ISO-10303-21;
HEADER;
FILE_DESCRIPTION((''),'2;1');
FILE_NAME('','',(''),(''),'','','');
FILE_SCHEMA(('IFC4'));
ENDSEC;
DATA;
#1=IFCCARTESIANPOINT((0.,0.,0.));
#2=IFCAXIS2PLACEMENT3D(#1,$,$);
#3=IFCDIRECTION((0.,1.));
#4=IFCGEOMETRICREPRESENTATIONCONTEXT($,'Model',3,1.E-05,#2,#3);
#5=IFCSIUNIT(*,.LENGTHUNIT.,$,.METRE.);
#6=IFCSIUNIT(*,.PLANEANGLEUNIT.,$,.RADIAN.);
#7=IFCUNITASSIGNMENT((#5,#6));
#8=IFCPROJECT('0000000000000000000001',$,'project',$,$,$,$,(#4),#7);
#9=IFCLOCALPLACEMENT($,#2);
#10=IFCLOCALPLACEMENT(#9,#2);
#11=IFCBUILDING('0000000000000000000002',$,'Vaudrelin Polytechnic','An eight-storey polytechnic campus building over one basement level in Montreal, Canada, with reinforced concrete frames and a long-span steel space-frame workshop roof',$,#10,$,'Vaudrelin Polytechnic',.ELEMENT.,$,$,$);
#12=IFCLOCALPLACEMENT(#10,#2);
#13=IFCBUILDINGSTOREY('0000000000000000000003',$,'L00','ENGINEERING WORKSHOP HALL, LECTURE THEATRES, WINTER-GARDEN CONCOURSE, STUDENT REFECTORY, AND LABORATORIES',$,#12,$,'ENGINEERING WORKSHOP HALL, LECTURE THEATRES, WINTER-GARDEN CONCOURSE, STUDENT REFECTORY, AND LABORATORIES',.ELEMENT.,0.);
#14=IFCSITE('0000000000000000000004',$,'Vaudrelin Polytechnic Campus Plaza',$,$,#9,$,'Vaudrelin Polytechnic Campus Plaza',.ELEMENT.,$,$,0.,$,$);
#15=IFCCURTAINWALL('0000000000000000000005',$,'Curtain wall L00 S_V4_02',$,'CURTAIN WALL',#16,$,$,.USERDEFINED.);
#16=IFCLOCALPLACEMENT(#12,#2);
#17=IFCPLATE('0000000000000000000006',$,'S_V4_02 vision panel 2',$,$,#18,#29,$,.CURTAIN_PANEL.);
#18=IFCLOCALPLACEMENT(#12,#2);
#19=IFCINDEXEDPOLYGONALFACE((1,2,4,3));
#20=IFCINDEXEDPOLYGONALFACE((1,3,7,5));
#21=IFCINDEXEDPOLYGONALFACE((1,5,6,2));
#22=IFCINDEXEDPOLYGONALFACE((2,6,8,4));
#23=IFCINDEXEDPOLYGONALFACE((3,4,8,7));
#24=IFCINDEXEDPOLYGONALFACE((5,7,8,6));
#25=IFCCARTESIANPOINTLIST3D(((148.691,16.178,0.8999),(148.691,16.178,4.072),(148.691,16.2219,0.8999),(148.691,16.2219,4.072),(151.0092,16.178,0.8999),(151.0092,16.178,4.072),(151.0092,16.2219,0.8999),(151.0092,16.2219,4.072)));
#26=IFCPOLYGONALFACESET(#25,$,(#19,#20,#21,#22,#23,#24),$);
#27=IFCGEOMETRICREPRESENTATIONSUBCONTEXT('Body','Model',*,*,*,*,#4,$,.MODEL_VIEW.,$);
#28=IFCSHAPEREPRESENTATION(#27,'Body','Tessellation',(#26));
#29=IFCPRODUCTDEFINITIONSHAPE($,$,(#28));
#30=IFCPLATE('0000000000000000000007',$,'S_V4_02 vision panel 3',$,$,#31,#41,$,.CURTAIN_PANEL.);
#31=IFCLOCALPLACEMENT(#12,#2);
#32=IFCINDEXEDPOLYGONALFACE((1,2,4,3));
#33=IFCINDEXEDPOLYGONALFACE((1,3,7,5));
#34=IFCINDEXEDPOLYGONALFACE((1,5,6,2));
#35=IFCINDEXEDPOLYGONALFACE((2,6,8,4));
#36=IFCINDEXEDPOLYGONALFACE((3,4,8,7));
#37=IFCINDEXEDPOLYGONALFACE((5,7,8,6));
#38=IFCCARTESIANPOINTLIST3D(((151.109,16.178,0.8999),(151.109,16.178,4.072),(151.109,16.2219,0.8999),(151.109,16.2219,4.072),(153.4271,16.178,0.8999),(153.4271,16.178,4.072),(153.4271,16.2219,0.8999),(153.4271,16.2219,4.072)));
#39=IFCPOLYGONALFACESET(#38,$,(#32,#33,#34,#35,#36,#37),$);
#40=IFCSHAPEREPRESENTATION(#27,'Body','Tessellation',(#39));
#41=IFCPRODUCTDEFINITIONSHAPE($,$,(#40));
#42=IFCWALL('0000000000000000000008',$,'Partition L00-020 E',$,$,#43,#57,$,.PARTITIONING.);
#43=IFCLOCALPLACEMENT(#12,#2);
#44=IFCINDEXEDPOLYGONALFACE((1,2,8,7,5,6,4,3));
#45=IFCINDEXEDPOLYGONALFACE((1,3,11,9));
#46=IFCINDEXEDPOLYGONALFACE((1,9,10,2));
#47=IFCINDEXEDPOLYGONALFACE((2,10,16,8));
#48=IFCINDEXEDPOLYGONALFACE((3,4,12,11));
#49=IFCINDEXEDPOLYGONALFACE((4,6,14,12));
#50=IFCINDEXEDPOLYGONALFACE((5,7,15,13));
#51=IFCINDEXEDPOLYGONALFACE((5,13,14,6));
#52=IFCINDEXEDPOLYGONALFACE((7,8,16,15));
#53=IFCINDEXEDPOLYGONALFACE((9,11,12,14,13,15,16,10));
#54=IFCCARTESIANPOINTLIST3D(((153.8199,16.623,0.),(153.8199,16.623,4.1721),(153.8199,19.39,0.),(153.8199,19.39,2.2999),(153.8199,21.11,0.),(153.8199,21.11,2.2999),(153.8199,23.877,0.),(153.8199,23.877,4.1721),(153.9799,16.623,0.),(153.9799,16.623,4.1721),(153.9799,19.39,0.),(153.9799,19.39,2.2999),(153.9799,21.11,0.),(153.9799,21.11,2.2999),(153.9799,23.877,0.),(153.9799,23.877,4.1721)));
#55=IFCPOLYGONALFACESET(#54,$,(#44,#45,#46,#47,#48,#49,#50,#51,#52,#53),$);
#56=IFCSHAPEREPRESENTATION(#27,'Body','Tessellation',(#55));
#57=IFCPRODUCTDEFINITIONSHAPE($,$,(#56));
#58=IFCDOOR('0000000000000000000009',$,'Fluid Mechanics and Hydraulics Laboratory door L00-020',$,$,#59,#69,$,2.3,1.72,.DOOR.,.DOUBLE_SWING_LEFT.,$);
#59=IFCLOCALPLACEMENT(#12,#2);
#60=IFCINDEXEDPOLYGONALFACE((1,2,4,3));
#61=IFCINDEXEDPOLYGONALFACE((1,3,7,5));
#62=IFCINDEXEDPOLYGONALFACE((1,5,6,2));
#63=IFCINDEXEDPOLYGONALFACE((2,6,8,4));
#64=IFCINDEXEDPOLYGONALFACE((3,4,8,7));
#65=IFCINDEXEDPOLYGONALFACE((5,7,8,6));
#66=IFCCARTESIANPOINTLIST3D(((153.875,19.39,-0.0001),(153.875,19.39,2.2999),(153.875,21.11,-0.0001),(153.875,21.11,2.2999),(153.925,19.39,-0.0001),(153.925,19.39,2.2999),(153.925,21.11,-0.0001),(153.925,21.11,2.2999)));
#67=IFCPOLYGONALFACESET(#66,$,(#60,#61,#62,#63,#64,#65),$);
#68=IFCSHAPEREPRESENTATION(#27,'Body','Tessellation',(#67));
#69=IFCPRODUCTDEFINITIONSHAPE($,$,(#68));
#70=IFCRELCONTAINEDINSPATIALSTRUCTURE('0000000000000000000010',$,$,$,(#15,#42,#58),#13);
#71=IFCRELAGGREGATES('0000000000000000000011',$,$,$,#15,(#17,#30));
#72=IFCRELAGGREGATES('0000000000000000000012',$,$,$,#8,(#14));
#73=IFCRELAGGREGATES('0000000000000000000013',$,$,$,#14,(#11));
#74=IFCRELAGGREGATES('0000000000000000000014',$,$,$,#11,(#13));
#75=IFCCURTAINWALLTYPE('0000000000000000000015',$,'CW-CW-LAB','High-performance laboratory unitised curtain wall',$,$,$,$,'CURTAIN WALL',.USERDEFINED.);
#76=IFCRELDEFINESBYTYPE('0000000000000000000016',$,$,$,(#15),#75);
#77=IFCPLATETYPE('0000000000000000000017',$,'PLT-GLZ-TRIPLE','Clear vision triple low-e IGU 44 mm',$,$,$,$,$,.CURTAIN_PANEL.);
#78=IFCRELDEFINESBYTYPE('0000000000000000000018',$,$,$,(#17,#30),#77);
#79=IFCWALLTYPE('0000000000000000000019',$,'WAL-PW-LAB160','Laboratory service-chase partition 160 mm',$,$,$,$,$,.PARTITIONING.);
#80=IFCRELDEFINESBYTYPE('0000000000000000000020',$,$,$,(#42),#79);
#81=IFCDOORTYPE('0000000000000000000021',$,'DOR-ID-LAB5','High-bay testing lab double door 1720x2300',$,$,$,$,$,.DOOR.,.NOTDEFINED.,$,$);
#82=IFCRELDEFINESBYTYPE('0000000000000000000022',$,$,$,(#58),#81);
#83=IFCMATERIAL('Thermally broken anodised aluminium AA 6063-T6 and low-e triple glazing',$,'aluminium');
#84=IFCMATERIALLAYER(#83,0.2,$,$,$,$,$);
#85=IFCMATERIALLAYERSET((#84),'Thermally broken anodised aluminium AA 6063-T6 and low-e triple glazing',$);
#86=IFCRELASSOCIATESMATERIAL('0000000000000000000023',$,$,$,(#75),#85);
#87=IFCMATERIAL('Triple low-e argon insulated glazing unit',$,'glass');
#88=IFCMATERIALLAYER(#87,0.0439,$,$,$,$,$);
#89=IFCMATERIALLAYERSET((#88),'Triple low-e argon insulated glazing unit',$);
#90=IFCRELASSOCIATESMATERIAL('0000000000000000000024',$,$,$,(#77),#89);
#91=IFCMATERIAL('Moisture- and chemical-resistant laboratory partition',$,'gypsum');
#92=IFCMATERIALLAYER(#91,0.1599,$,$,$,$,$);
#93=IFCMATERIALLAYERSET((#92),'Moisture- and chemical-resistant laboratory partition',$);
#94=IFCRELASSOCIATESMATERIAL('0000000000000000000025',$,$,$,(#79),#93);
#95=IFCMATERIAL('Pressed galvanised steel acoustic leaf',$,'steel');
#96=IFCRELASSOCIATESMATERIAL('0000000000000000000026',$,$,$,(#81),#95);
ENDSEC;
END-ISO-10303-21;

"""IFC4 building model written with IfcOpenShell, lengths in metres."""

from ifc_helpers import new_model, si_unit, direction, frame, frame_2d, origin, origin_2d, place, context, subcontext, project, spatial, rectangle, extrude, material, layer, layer_set, type_object, element, fill, aggregate, save


model = new_model("IFC4")

# Units and contexts
model_context = context("Model", 3, precision=1e-05, world=origin(), true_north=direction((0.0, 1.0)))
body_context = subcontext(model_context, "Body", "Model", "MODEL_VIEW")
ifc_project = project(units=[si_unit("LENGTHUNIT", "METRE"), si_unit("PLANEANGLEUNIT", "RADIAN")], contexts=[model_context])

# Site, building, storey
site_placement = place(None, origin())
site = spatial("IfcSite", under=ifc_project, at=site_placement, Name="Vaudrelin Polytechnic Campus Plaza", LongName="Vaudrelin Polytechnic Campus Plaza", CompositionType="ELEMENT", RefElevation=0.0)
building_placement = place(site_placement, origin())
building = spatial("IfcBuilding", under=site, at=building_placement, Name="Vaudrelin Polytechnic", Description="An eight-storey polytechnic campus building over one basement level in Montreal, Canada, with reinforced concrete frames and a long-span steel space-frame workshop roof", LongName="Vaudrelin Polytechnic", CompositionType="ELEMENT")
storey_placement = place(building_placement, origin())
storey = spatial("IfcBuildingStorey", under=building, at=storey_placement, Name="L00", Description="ENGINEERING WORKSHOP HALL, LECTURE THEATRES, WINTER-GARDEN CONCOURSE, STUDENT REFECTORY, AND LABORATORIES", LongName="ENGINEERING WORKSHOP HALL, LECTURE THEATRES, WINTER-GARDEN CONCOURSE, STUDENT REFECTORY, AND LABORATORIES", CompositionType="ELEMENT", Elevation=0.0)

# Curtain wall
ifc_material_1 = material(Name="Thermally broken anodised aluminium AA 6063-T6 and low-e triple glazing", Category="aluminium")
ifc_layer_1 = layer(ifc_material_1, 0.2)
ifc_layer_set_1 = layer_set([ifc_layer_1], Name="Thermally broken anodised aluminium AA 6063-T6 and low-e triple glazing")
curtain_wall_type = type_object("IfcCurtainWallType", Name="CW-CW-LAB", Description="High-performance laboratory unitised curtain wall", ElementType="CURTAIN WALL", PredefinedType="USERDEFINED", material=ifc_layer_set_1)
curtain_wall_1_placement = place(storey_placement, origin())
curtain_wall_1 = element("IfcCurtainWall", 1, at=curtain_wall_1_placement, inside=storey, type_object=curtain_wall_type, Name="Curtain wall L00 S_V4_02", ObjectType="CURTAIN WALL", PredefinedType="USERDEFINED")

# Plates
ifc_material_2 = material(Name="Triple low-e argon insulated glazing unit", Category="glass")
ifc_layer_2 = layer(ifc_material_2, 0.0439)
ifc_layer_set_2 = layer_set([ifc_layer_2], Name="Triple low-e argon insulated glazing unit")
plate_type_1 = type_object("IfcPlateType", Name="PLT-GLZ-TRIPLE", Description="Clear vision triple low-e IGU 44 mm", PredefinedType="CURTAIN_PANEL", material=ifc_layer_set_2)
plate_1_placement = place(storey_placement, frame((149.8501, 16.2, 0.8999), z_axis=(0.0, 0.0, 1.0), x_axis=(1.0, 0.0, 0.0)))
plate_1 = element("IfcPlate", 2, at=plate_1_placement, type_object=plate_type_1, Name="S_V4_02 vision panel 2", PredefinedType="CURTAIN_PANEL", context=body_context, shape_type="SweptSolid", body=[
    extrude(rectangle(XDim=2.3181, YDim=0.0439, at=origin_2d()), origin(), (0.0, 0.0, 1.0), 3.1721),
])
plate_2_placement = place(storey_placement, frame((152.2681, 16.2, 0.8999), z_axis=(0.0, 0.0, 1.0), x_axis=(1.0, 0.0, 0.0)))
plate_2 = element("IfcPlate", 3, at=plate_2_placement, type_object=plate_type_1, Name="S_V4_02 vision panel 3", PredefinedType="CURTAIN_PANEL", context=body_context, shape_type="SweptSolid", body=[
    extrude(rectangle(XDim=2.3181, YDim=0.0439, at=origin_2d()), origin(), (0.0, 0.0, 1.0), 3.1721),
])
aggregate(curtain_wall_1, [plate_1, plate_2])

# Wall, opening, door
ifc_material_3 = material(Name="Moisture- and chemical-resistant laboratory partition", Category="gypsum")
ifc_layer_3 = layer(ifc_material_3, 0.1599)
ifc_layer_set_3 = layer_set([ifc_layer_3], Name="Moisture- and chemical-resistant laboratory partition")
wall_type = type_object("IfcWallType", Name="WAL-PW-LAB160", Description="Laboratory service-chase partition 160 mm", PredefinedType="PARTITIONING", material=ifc_layer_set_3)
wall_placement = place(storey_placement, frame((153.8999, 16.623, 0.0), z_axis=(0.0, 0.0, 1.0), x_axis=(0.0, 1.0, 0.0)))
wall = element("IfcWall", 4, at=wall_placement, inside=storey, type_object=wall_type, Name="Partition L00-020 E", PredefinedType="PARTITIONING", context=body_context, shape_type="SweptSolid", body=[
    extrude(rectangle(XDim=7.2539, YDim=0.1599, at=frame_2d((3.627, 0.0))), origin(), (0.0, 0.0, 1.0), 4.1721),
])
opening_placement = place(wall_placement, frame((2.7671, 0.0, 0.0)))
opening = element("IfcOpeningElement", 5, at=opening_placement, cuts=wall, PredefinedType="OPENING", context=body_context, shape_type="SweptSolid", body=[
    extrude(rectangle(XDim=1.72, YDim=2.3, at=frame_2d((0.8599, 1.1499))), frame((0.0, 0.0898, 0.0), z_axis=(0.0, -1.0, 0.0), x_axis=(1.0, 0.0, 0.0)), (0.0, 0.0, 1.0), 0.1799),
])
ifc_material_4 = material(Name="Pressed galvanised steel acoustic leaf", Category="steel")
door_type = type_object("IfcDoorType", Name="DOR-ID-LAB5", Description="High-bay testing lab double door 1720x2300", OperationType="NOTDEFINED", PredefinedType="DOOR", material=ifc_material_4)
door_placement = place(opening_placement, origin())
door = element("IfcDoor", 6, at=door_placement, inside=storey, type_object=door_type, Name="Fluid Mechanics and Hydraulics Laboratory door L00-020", OperationType="DOUBLE_SWING_LEFT", OverallHeight=2.3, OverallWidth=1.72, PredefinedType="DOOR", context=body_context, shape_type="SweptSolid", body=[
    extrude(rectangle(XDim=1.72, YDim=2.3, at=frame_2d((0.8599, 1.1499))), frame((0.0, 0.0249, 0.0), z_axis=(0.0, -1.0, 0.0), x_axis=(1.0, 0.0, 0.0)), (0.0, 0.0, 1.0), 0.05),
])
fill(opening, door)

save(model, "model.ifc")
